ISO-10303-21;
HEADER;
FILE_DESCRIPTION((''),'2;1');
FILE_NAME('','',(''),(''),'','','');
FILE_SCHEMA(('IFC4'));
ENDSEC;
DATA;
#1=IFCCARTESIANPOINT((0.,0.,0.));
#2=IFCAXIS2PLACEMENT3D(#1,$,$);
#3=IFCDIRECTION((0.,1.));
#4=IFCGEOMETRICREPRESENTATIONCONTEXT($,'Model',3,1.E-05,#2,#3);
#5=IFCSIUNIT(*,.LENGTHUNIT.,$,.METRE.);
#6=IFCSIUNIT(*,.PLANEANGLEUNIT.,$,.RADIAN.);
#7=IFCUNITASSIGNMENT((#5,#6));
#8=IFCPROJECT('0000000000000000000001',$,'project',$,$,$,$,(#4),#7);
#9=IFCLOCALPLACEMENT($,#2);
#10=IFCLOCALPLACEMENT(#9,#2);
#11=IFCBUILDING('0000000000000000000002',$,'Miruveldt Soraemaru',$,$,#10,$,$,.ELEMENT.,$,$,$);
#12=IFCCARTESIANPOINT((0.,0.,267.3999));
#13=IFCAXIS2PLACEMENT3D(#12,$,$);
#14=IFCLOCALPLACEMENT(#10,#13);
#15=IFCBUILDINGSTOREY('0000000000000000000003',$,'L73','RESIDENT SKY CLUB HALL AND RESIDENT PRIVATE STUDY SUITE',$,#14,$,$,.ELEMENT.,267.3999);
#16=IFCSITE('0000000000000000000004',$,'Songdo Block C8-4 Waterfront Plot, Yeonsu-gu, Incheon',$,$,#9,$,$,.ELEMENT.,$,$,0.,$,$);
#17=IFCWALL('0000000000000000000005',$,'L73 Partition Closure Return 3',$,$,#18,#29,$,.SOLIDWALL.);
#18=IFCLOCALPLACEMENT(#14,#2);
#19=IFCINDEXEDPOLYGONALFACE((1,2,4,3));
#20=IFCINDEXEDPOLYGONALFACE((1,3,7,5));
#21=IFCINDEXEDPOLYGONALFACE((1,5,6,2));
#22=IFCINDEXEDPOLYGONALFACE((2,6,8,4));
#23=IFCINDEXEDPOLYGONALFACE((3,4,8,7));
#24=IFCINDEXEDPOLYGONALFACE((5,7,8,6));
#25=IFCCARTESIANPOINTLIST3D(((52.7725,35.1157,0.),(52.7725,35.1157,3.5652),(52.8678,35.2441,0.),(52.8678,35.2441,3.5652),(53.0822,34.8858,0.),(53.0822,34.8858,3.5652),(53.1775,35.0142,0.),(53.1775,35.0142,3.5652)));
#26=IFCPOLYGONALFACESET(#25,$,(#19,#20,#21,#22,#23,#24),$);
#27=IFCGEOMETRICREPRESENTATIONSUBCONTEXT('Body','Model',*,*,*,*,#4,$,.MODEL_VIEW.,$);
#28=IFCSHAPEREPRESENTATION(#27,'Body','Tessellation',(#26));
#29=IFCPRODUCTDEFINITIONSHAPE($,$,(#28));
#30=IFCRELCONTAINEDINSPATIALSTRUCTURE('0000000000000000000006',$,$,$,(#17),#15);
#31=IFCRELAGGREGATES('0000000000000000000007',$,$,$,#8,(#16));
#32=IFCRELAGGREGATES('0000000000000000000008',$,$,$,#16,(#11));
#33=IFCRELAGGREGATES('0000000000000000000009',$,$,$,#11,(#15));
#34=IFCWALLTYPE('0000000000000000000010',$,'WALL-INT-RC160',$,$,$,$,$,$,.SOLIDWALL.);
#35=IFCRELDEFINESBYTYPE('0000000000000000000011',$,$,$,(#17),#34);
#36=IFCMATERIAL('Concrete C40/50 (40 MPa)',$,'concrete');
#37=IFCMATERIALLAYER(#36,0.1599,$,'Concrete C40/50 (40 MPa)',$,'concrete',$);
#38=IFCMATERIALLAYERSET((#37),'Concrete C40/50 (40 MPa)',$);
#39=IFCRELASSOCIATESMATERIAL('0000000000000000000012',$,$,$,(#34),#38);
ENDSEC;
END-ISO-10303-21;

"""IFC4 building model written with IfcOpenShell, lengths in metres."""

from ifc_helpers import new_model, si_unit, direction, frame, frame_2d, origin, place, context, subcontext, project, spatial, rectangle, extrude, material, layer, layer_set, type_object, element, save


model = new_model("IFC4")

# Units and contexts
model_context = context("Model", 3, precision=1e-05, world=origin(), true_north=direction((0.0, 1.0)))
body_context = subcontext(model_context, "Body", "Model", "MODEL_VIEW")
ifc_project = project(units=[si_unit("LENGTHUNIT", "METRE"), si_unit("PLANEANGLEUNIT", "RADIAN")], contexts=[model_context])

# Site, building, storey
site_placement = place(None, origin())
site = spatial("IfcSite", under=ifc_project, at=site_placement, Name="Songdo Block C8-4 Waterfront Plot, Yeonsu-gu, Incheon", CompositionType="ELEMENT", RefElevation=0.0)
building_placement = place(site_placement, origin())
building = spatial("IfcBuilding", under=site, at=building_placement, Name="Miruveldt Soraemaru", CompositionType="ELEMENT")
storey_placement = place(building_placement, frame((0.0, 0.0, 267.3999)))
storey = spatial("IfcBuildingStorey", under=building, at=storey_placement, Name="L73", Description="RESIDENT SKY CLUB HALL AND RESIDENT PRIVATE STUDY SUITE", CompositionType="ELEMENT", Elevation=267.3999)

# Wall
ifc_material_1 = material(Name="Concrete C40/50 (40 MPa)", Category="concrete")
ifc_layer_1 = layer(ifc_material_1, 0.1599, Name="Concrete C40/50 (40 MPa)", Category="concrete")
ifc_layer_set_1 = layer_set([ifc_layer_1], Name="Concrete C40/50 (40 MPa)")
wall_type_1 = type_object("IfcWallType", Name="WALL-INT-RC160", PredefinedType="SOLIDWALL", material=ifc_layer_set_1)
wall_1_placement = place(storey_placement, frame((53.1299, 34.95, 0.0), z_axis=(0.0, 0.0, 1.0), x_axis=(-0.802951, 0.596044, 0.0)))
element("IfcWall", 1, at=wall_1_placement, inside=storey, type_object=wall_type_1, Name="L73 Partition Closure Return 3", PredefinedType="SOLIDWALL", context=body_context, shape_type="SweptSolid", body=[
    extrude(rectangle(XDim=0.3857, YDim=0.1599, at=frame_2d((0.1929, 0.0))), origin(), (0.0, 0.0, 1.0), 3.5652),
])

save(model, "model.ifc")
